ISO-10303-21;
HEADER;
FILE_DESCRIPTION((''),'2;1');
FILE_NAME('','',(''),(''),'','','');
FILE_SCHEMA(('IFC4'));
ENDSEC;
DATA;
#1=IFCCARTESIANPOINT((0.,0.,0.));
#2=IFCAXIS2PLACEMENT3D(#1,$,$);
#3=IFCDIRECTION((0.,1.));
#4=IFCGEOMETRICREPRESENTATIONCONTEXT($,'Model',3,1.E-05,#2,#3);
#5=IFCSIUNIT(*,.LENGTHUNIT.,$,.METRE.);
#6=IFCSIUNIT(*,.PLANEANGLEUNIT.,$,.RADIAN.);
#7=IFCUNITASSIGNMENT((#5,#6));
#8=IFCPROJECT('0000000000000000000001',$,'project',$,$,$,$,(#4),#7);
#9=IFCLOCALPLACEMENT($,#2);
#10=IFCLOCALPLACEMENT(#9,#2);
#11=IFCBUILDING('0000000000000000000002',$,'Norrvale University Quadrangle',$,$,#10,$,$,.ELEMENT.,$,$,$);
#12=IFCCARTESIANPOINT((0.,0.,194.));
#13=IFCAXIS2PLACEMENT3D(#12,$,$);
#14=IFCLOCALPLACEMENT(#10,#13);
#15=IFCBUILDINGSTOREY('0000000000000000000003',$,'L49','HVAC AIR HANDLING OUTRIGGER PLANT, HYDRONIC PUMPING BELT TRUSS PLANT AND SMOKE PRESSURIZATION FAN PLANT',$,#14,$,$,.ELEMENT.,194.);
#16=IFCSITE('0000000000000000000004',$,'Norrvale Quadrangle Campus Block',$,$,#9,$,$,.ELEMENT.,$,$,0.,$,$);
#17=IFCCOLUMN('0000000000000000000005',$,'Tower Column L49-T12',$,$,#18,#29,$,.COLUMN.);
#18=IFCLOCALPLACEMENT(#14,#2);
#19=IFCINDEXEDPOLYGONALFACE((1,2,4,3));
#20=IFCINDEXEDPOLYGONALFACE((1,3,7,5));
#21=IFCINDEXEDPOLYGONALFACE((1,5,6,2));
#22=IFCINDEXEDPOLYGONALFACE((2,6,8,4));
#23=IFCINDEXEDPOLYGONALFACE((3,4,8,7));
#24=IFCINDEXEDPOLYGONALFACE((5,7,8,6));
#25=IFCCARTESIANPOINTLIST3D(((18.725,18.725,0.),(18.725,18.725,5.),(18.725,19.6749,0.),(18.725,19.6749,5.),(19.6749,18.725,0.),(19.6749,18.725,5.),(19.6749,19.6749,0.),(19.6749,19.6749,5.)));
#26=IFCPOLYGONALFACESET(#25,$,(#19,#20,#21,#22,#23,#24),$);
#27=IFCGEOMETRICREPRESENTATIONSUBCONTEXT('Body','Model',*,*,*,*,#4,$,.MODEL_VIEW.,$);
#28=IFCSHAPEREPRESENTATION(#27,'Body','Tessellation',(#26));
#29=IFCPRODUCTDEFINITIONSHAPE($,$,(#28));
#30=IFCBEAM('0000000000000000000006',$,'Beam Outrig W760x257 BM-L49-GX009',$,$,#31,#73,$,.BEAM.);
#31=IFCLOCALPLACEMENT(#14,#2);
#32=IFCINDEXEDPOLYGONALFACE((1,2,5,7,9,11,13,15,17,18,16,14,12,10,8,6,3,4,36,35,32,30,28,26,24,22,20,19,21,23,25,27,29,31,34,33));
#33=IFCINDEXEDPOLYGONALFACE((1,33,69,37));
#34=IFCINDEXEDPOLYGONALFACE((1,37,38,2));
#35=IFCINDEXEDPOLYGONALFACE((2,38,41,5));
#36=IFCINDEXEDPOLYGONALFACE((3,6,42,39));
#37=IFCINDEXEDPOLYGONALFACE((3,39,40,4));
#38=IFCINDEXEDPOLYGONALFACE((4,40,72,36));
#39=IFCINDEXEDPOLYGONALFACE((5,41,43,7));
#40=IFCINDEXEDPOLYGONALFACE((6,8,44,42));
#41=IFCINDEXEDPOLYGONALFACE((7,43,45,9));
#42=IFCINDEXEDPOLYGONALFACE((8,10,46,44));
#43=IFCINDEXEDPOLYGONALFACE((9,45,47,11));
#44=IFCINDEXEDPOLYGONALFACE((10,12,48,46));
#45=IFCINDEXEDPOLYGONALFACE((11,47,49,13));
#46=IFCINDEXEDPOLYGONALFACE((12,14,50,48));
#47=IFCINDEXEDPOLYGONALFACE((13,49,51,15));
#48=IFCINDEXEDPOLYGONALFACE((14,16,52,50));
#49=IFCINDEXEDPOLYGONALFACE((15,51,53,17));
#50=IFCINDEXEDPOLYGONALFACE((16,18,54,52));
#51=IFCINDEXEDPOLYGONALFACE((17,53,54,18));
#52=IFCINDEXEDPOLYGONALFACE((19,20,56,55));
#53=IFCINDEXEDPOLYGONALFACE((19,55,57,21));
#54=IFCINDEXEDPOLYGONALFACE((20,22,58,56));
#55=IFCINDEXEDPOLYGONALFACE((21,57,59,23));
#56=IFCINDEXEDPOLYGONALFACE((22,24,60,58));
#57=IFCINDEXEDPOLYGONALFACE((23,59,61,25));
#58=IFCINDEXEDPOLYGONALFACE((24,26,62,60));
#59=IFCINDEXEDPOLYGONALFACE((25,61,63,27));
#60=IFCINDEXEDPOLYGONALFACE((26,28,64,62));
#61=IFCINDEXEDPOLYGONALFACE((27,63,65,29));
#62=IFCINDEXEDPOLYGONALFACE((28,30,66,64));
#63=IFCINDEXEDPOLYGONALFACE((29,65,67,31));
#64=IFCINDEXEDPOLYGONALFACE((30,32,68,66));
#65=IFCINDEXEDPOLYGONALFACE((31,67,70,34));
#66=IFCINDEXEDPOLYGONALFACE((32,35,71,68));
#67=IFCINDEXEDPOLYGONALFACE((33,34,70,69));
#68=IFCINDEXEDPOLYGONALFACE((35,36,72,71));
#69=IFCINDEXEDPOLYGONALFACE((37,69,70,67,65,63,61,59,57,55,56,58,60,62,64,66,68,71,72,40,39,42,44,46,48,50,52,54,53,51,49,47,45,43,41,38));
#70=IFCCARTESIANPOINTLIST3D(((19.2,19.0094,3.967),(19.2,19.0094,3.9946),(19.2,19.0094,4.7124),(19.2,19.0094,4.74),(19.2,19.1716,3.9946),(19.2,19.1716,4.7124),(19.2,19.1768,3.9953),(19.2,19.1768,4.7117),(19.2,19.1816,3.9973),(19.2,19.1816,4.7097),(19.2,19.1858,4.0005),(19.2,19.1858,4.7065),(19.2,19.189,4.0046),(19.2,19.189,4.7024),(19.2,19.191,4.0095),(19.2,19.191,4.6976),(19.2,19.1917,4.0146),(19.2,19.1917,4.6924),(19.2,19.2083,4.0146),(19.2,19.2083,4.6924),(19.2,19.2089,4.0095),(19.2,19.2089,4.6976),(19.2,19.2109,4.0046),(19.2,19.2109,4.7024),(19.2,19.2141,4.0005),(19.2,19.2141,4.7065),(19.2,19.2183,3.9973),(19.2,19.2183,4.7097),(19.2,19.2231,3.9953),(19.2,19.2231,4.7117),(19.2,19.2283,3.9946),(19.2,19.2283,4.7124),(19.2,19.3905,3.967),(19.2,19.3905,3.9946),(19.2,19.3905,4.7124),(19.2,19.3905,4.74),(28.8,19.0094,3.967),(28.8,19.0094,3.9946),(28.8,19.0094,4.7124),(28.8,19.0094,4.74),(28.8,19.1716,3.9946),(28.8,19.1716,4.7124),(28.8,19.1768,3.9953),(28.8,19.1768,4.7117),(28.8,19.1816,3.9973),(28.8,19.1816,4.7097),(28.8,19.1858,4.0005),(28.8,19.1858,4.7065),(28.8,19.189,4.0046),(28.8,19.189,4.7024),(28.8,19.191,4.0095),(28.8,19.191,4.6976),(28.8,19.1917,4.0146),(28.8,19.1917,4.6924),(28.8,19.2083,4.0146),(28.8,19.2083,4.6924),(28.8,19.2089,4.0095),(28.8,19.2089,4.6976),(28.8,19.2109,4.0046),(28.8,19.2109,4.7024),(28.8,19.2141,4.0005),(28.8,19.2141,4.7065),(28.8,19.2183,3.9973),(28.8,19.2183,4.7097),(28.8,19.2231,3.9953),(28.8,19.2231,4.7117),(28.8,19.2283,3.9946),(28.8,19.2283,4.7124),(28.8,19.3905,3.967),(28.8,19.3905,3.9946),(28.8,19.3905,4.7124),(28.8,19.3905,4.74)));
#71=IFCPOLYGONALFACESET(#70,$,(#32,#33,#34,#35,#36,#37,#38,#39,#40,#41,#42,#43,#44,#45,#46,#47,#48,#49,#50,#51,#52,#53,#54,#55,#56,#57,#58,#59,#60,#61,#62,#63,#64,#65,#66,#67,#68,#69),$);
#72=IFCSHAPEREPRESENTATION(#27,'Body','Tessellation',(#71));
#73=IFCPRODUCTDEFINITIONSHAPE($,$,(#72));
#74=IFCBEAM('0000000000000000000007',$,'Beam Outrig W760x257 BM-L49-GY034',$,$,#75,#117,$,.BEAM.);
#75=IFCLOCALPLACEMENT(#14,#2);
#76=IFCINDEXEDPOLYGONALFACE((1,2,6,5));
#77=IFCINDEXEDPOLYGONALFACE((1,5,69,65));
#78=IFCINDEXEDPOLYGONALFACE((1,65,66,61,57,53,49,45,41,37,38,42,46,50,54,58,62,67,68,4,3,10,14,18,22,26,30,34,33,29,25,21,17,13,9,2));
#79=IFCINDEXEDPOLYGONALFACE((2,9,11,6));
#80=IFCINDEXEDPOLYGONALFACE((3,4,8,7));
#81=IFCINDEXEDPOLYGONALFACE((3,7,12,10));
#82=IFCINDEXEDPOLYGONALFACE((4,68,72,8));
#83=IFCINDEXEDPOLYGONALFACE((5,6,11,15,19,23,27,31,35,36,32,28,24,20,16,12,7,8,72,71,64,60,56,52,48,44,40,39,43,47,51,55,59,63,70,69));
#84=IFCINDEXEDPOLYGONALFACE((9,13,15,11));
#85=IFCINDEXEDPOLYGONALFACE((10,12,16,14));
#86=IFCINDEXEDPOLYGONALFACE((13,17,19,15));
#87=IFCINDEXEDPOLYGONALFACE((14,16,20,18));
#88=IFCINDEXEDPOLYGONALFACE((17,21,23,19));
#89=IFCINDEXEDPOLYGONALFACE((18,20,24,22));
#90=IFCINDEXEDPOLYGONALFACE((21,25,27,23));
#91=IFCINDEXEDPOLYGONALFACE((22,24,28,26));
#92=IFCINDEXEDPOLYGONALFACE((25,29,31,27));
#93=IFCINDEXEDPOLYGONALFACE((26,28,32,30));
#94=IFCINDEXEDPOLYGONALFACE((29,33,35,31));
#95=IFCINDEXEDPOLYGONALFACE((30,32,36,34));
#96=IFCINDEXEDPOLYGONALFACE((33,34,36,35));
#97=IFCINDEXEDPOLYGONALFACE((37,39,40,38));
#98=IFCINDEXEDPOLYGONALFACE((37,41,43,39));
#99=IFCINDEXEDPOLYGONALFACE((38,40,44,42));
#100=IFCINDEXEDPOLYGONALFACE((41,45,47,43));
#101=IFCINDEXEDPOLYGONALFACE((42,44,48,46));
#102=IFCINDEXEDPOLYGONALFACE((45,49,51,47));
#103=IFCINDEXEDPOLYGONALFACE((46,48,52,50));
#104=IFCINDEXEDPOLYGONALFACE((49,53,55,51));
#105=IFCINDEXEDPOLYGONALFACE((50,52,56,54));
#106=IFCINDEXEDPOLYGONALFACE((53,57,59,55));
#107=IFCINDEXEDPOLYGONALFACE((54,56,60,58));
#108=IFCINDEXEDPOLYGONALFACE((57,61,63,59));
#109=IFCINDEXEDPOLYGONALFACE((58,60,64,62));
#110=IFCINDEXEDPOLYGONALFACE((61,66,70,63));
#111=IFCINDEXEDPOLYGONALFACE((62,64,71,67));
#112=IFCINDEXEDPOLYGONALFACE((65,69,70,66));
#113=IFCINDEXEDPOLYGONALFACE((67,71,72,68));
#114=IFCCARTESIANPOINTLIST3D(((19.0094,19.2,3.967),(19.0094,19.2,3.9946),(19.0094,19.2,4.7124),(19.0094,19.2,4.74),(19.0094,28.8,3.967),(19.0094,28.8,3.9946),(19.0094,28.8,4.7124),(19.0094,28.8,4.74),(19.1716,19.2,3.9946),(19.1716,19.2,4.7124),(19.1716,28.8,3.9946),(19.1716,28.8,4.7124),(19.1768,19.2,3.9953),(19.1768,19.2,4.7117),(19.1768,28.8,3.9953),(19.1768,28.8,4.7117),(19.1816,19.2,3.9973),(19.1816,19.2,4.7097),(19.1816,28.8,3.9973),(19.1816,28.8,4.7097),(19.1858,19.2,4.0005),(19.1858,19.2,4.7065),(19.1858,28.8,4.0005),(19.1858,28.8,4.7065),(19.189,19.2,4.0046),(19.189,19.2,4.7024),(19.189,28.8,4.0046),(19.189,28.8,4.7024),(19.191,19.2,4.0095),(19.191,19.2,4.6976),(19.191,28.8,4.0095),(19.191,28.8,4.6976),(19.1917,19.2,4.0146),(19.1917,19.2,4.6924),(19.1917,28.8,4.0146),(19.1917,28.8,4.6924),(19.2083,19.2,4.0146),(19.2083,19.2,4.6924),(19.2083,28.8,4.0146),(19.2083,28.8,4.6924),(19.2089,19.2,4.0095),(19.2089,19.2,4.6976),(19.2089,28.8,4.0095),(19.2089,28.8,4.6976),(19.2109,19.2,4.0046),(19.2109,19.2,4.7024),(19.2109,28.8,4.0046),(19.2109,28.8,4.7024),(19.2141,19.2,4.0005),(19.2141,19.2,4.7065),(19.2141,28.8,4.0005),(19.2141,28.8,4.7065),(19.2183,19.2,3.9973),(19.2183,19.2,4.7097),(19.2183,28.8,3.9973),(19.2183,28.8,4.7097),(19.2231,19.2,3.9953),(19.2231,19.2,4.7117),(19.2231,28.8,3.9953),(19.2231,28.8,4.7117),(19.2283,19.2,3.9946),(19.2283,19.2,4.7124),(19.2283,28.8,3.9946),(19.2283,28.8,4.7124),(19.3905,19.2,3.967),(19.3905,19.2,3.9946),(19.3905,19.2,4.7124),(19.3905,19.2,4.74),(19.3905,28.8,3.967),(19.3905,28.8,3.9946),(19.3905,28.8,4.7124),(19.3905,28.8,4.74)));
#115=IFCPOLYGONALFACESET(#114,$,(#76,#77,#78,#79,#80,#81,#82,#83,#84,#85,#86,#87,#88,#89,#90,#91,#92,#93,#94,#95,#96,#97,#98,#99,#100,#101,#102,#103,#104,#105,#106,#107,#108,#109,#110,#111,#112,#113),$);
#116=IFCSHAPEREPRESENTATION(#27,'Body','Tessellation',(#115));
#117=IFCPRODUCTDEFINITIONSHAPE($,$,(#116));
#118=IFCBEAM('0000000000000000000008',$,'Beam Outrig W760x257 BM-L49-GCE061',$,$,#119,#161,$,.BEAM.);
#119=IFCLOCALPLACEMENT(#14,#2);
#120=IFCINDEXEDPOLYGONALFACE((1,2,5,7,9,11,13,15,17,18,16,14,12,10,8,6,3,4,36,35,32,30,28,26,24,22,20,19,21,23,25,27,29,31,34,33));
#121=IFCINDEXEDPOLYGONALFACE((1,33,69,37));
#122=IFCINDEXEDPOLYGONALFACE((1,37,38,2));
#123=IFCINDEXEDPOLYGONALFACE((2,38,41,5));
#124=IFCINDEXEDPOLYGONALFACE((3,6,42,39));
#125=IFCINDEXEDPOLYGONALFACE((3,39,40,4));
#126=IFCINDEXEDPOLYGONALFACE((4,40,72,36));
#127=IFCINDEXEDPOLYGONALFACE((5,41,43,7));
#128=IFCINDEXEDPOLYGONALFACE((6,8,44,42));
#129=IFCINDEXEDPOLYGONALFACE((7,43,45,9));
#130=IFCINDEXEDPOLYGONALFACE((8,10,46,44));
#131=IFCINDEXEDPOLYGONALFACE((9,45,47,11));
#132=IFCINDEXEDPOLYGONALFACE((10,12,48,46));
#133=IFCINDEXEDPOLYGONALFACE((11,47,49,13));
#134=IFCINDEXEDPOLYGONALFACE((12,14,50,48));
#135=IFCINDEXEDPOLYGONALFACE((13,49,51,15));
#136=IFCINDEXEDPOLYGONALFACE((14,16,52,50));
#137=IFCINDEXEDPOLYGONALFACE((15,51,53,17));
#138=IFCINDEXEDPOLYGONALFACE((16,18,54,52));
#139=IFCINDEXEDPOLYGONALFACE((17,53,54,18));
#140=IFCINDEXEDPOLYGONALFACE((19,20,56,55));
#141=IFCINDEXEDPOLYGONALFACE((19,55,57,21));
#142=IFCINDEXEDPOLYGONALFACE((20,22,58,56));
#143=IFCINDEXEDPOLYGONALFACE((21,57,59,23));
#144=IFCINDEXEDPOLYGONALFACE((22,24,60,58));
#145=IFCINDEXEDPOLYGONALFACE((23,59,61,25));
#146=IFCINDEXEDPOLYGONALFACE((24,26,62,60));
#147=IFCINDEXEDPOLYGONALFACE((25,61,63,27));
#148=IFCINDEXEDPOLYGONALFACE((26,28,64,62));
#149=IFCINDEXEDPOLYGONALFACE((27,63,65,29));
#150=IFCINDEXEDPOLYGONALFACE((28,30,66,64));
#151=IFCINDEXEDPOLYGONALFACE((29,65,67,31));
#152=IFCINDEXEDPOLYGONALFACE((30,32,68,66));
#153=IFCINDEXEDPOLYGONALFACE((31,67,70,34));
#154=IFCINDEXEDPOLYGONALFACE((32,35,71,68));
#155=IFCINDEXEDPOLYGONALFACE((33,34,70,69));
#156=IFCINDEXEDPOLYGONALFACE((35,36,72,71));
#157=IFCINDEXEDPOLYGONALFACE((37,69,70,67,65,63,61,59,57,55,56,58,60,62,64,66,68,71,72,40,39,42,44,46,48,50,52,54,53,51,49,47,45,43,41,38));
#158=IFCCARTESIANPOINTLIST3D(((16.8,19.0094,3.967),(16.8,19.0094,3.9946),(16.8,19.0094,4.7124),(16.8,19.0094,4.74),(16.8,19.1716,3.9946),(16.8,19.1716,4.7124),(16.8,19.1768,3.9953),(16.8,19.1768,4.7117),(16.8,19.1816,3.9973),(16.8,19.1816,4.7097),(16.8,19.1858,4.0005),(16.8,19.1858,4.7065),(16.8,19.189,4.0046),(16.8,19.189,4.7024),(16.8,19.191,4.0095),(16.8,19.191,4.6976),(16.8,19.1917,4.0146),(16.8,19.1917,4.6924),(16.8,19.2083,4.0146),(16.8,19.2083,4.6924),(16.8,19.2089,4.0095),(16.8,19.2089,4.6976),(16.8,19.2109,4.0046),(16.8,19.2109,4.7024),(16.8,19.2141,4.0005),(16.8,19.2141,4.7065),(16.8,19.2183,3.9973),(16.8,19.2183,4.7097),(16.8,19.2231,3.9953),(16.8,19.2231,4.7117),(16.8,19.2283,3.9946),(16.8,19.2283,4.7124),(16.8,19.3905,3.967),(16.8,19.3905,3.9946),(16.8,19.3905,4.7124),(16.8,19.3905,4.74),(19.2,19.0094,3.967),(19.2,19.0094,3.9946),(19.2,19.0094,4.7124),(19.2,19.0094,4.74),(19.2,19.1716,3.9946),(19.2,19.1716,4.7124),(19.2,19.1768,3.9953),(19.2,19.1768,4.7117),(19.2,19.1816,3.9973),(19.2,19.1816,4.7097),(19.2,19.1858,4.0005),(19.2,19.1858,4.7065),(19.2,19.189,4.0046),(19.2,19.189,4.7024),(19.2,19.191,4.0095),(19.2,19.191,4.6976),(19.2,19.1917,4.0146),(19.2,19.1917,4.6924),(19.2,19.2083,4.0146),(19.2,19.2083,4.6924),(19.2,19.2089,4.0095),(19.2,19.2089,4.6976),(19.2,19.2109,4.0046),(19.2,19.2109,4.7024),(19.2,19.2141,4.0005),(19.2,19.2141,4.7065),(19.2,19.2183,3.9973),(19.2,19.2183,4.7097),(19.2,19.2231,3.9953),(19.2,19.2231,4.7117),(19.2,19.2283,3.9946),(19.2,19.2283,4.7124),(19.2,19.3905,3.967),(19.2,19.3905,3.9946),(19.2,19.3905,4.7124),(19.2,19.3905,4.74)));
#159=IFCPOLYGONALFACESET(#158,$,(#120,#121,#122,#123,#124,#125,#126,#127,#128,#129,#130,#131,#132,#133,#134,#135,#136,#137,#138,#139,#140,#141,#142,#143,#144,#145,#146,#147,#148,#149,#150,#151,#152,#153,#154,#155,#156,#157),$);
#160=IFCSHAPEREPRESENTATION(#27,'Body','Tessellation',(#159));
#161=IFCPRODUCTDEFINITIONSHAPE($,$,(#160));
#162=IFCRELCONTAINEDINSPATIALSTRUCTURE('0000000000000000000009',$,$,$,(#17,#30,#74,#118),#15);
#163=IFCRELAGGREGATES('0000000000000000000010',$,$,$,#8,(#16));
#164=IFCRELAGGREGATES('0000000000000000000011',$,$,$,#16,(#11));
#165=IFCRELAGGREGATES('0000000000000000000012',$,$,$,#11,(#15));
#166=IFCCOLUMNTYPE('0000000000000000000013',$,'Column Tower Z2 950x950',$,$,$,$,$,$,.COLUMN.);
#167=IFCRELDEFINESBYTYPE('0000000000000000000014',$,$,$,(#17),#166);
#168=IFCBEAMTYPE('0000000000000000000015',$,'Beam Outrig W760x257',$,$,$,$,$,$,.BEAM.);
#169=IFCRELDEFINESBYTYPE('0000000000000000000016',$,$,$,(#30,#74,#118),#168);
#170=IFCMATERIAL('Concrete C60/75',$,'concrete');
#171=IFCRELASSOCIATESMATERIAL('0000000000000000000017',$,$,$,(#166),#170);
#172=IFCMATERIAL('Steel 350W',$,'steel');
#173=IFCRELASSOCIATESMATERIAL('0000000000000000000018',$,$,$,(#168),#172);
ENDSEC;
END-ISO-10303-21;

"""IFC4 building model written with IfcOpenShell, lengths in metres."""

from ifc_helpers import new_model, si_unit, direction, frame, origin, origin_2d, place, context, subcontext, project, spatial, rectangle, i_section, extrude, material, material_profile, profile_set, type_object, element, save


model = new_model("IFC4")

# Units and contexts
model_context = context("Model", 3, precision=1e-05, world=origin(), true_north=direction((0.0, 1.0)))
body_context = subcontext(model_context, "Body", "Model", "MODEL_VIEW")
ifc_project = project(units=[si_unit("LENGTHUNIT", "METRE"), si_unit("PLANEANGLEUNIT", "RADIAN")], contexts=[model_context])

# Site, building, storey
site_placement = place(None, origin())
site = spatial("IfcSite", under=ifc_project, at=site_placement, Name="Norrvale Quadrangle Campus Block", CompositionType="ELEMENT", RefElevation=0.0)
building_placement = place(site_placement, origin())
building = spatial("IfcBuilding", under=site, at=building_placement, Name="Norrvale University Quadrangle", CompositionType="ELEMENT")
storey_placement = place(building_placement, frame((0.0, 0.0, 194.0)))
storey = spatial("IfcBuildingStorey", under=building, at=storey_placement, Name="L49", Description="HVAC AIR HANDLING OUTRIGGER PLANT, HYDRONIC PUMPING BELT TRUSS PLANT AND SMOKE PRESSURIZATION FAN PLANT", CompositionType="ELEMENT", Elevation=194.0)

# Column
ifc_material_1 = material(Name="Concrete C60/75", Category="concrete")
ifc_material_profile_1 = material_profile(ifc_material_1, rectangle(XDim=0.95, YDim=0.95, at=origin_2d()), Name="Concrete C60/75")
ifc_profile_set_1 = profile_set([ifc_material_profile_1], Name="Concrete C60/75")
column_type = type_object("IfcColumnType", Name="Column Tower Z2 950x950", PredefinedType="COLUMN", material=ifc_profile_set_1)
column_placement = place(storey_placement, frame((19.2, 19.2, 0.0), z_axis=(0.0, 0.0, 1.0), x_axis=(1.0, 0.0, 0.0)))
element("IfcColumn", 1, at=column_placement, inside=storey, type_object=column_type, Name="Tower Column L49-T12", PredefinedType="COLUMN", context=body_context, shape_type="SweptSolid", body=[
    extrude(rectangle(XDim=0.95, YDim=0.95, at=origin_2d()), origin(), (0.0, 0.0, 1.0), 5.0),
])

# Beams
ifc_material_2 = material(Name="Steel 350W", Category="steel")
ifc_material_profile_2 = material_profile(ifc_material_2, i_section(OverallWidth=0.3811, OverallDepth=0.7729, WebThickness=0.0166, FlangeThickness=0.0276, FilletRadius=0.02, at=origin_2d()), Name="Steel 350W")
ifc_profile_set_2 = profile_set([ifc_material_profile_2], Name="Steel 350W")
beam_type_1 = type_object("IfcBeamType", Name="Beam Outrig W760x257", PredefinedType="BEAM", material=ifc_profile_set_2)
for number, where, z_axis, x_axis, name in (
    (2, (19.2, 19.2, 4.3535), (1.0, 0.0, 0.0), (0.0, 1.0, 0.0), "Beam Outrig W760x257 BM-L49-GX009"),
    (3, (19.2, 19.2, 4.3535), (0.0, 1.0, 0.0), (-1.0, 0.0, 0.0), "Beam Outrig W760x257 BM-L49-GY034"),
):
    element("IfcBeam", number, at=place(storey_placement, frame(where, z_axis=z_axis, x_axis=x_axis)), inside=storey, type_object=beam_type_1, Name=name, PredefinedType="BEAM", context=body_context, shape_type="SweptSolid", body=[
        extrude(i_section(OverallWidth=0.3811, OverallDepth=0.7729, WebThickness=0.0166, FlangeThickness=0.0276, FilletRadius=0.02, at=origin_2d()), origin(), (0.0, 0.0, 1.0), 9.6001),
    ])
beam_1_placement = place(storey_placement, frame((16.8, 19.2, 4.3535), z_axis=(1.0, 0.0, 0.0), x_axis=(0.0, 1.0, 0.0)))
element("IfcBeam", 4, at=beam_1_placement, inside=storey, type_object=beam_type_1, Name="Beam Outrig W760x257 BM-L49-GCE061", PredefinedType="BEAM", context=body_context, shape_type="SweptSolid", body=[
    extrude(i_section(OverallWidth=0.3811, OverallDepth=0.7729, WebThickness=0.0166, FlangeThickness=0.0276, FilletRadius=0.02, at=origin_2d()), origin(), (0.0, 0.0, 1.0), 2.3999),
])

save(model, "model.ifc")
